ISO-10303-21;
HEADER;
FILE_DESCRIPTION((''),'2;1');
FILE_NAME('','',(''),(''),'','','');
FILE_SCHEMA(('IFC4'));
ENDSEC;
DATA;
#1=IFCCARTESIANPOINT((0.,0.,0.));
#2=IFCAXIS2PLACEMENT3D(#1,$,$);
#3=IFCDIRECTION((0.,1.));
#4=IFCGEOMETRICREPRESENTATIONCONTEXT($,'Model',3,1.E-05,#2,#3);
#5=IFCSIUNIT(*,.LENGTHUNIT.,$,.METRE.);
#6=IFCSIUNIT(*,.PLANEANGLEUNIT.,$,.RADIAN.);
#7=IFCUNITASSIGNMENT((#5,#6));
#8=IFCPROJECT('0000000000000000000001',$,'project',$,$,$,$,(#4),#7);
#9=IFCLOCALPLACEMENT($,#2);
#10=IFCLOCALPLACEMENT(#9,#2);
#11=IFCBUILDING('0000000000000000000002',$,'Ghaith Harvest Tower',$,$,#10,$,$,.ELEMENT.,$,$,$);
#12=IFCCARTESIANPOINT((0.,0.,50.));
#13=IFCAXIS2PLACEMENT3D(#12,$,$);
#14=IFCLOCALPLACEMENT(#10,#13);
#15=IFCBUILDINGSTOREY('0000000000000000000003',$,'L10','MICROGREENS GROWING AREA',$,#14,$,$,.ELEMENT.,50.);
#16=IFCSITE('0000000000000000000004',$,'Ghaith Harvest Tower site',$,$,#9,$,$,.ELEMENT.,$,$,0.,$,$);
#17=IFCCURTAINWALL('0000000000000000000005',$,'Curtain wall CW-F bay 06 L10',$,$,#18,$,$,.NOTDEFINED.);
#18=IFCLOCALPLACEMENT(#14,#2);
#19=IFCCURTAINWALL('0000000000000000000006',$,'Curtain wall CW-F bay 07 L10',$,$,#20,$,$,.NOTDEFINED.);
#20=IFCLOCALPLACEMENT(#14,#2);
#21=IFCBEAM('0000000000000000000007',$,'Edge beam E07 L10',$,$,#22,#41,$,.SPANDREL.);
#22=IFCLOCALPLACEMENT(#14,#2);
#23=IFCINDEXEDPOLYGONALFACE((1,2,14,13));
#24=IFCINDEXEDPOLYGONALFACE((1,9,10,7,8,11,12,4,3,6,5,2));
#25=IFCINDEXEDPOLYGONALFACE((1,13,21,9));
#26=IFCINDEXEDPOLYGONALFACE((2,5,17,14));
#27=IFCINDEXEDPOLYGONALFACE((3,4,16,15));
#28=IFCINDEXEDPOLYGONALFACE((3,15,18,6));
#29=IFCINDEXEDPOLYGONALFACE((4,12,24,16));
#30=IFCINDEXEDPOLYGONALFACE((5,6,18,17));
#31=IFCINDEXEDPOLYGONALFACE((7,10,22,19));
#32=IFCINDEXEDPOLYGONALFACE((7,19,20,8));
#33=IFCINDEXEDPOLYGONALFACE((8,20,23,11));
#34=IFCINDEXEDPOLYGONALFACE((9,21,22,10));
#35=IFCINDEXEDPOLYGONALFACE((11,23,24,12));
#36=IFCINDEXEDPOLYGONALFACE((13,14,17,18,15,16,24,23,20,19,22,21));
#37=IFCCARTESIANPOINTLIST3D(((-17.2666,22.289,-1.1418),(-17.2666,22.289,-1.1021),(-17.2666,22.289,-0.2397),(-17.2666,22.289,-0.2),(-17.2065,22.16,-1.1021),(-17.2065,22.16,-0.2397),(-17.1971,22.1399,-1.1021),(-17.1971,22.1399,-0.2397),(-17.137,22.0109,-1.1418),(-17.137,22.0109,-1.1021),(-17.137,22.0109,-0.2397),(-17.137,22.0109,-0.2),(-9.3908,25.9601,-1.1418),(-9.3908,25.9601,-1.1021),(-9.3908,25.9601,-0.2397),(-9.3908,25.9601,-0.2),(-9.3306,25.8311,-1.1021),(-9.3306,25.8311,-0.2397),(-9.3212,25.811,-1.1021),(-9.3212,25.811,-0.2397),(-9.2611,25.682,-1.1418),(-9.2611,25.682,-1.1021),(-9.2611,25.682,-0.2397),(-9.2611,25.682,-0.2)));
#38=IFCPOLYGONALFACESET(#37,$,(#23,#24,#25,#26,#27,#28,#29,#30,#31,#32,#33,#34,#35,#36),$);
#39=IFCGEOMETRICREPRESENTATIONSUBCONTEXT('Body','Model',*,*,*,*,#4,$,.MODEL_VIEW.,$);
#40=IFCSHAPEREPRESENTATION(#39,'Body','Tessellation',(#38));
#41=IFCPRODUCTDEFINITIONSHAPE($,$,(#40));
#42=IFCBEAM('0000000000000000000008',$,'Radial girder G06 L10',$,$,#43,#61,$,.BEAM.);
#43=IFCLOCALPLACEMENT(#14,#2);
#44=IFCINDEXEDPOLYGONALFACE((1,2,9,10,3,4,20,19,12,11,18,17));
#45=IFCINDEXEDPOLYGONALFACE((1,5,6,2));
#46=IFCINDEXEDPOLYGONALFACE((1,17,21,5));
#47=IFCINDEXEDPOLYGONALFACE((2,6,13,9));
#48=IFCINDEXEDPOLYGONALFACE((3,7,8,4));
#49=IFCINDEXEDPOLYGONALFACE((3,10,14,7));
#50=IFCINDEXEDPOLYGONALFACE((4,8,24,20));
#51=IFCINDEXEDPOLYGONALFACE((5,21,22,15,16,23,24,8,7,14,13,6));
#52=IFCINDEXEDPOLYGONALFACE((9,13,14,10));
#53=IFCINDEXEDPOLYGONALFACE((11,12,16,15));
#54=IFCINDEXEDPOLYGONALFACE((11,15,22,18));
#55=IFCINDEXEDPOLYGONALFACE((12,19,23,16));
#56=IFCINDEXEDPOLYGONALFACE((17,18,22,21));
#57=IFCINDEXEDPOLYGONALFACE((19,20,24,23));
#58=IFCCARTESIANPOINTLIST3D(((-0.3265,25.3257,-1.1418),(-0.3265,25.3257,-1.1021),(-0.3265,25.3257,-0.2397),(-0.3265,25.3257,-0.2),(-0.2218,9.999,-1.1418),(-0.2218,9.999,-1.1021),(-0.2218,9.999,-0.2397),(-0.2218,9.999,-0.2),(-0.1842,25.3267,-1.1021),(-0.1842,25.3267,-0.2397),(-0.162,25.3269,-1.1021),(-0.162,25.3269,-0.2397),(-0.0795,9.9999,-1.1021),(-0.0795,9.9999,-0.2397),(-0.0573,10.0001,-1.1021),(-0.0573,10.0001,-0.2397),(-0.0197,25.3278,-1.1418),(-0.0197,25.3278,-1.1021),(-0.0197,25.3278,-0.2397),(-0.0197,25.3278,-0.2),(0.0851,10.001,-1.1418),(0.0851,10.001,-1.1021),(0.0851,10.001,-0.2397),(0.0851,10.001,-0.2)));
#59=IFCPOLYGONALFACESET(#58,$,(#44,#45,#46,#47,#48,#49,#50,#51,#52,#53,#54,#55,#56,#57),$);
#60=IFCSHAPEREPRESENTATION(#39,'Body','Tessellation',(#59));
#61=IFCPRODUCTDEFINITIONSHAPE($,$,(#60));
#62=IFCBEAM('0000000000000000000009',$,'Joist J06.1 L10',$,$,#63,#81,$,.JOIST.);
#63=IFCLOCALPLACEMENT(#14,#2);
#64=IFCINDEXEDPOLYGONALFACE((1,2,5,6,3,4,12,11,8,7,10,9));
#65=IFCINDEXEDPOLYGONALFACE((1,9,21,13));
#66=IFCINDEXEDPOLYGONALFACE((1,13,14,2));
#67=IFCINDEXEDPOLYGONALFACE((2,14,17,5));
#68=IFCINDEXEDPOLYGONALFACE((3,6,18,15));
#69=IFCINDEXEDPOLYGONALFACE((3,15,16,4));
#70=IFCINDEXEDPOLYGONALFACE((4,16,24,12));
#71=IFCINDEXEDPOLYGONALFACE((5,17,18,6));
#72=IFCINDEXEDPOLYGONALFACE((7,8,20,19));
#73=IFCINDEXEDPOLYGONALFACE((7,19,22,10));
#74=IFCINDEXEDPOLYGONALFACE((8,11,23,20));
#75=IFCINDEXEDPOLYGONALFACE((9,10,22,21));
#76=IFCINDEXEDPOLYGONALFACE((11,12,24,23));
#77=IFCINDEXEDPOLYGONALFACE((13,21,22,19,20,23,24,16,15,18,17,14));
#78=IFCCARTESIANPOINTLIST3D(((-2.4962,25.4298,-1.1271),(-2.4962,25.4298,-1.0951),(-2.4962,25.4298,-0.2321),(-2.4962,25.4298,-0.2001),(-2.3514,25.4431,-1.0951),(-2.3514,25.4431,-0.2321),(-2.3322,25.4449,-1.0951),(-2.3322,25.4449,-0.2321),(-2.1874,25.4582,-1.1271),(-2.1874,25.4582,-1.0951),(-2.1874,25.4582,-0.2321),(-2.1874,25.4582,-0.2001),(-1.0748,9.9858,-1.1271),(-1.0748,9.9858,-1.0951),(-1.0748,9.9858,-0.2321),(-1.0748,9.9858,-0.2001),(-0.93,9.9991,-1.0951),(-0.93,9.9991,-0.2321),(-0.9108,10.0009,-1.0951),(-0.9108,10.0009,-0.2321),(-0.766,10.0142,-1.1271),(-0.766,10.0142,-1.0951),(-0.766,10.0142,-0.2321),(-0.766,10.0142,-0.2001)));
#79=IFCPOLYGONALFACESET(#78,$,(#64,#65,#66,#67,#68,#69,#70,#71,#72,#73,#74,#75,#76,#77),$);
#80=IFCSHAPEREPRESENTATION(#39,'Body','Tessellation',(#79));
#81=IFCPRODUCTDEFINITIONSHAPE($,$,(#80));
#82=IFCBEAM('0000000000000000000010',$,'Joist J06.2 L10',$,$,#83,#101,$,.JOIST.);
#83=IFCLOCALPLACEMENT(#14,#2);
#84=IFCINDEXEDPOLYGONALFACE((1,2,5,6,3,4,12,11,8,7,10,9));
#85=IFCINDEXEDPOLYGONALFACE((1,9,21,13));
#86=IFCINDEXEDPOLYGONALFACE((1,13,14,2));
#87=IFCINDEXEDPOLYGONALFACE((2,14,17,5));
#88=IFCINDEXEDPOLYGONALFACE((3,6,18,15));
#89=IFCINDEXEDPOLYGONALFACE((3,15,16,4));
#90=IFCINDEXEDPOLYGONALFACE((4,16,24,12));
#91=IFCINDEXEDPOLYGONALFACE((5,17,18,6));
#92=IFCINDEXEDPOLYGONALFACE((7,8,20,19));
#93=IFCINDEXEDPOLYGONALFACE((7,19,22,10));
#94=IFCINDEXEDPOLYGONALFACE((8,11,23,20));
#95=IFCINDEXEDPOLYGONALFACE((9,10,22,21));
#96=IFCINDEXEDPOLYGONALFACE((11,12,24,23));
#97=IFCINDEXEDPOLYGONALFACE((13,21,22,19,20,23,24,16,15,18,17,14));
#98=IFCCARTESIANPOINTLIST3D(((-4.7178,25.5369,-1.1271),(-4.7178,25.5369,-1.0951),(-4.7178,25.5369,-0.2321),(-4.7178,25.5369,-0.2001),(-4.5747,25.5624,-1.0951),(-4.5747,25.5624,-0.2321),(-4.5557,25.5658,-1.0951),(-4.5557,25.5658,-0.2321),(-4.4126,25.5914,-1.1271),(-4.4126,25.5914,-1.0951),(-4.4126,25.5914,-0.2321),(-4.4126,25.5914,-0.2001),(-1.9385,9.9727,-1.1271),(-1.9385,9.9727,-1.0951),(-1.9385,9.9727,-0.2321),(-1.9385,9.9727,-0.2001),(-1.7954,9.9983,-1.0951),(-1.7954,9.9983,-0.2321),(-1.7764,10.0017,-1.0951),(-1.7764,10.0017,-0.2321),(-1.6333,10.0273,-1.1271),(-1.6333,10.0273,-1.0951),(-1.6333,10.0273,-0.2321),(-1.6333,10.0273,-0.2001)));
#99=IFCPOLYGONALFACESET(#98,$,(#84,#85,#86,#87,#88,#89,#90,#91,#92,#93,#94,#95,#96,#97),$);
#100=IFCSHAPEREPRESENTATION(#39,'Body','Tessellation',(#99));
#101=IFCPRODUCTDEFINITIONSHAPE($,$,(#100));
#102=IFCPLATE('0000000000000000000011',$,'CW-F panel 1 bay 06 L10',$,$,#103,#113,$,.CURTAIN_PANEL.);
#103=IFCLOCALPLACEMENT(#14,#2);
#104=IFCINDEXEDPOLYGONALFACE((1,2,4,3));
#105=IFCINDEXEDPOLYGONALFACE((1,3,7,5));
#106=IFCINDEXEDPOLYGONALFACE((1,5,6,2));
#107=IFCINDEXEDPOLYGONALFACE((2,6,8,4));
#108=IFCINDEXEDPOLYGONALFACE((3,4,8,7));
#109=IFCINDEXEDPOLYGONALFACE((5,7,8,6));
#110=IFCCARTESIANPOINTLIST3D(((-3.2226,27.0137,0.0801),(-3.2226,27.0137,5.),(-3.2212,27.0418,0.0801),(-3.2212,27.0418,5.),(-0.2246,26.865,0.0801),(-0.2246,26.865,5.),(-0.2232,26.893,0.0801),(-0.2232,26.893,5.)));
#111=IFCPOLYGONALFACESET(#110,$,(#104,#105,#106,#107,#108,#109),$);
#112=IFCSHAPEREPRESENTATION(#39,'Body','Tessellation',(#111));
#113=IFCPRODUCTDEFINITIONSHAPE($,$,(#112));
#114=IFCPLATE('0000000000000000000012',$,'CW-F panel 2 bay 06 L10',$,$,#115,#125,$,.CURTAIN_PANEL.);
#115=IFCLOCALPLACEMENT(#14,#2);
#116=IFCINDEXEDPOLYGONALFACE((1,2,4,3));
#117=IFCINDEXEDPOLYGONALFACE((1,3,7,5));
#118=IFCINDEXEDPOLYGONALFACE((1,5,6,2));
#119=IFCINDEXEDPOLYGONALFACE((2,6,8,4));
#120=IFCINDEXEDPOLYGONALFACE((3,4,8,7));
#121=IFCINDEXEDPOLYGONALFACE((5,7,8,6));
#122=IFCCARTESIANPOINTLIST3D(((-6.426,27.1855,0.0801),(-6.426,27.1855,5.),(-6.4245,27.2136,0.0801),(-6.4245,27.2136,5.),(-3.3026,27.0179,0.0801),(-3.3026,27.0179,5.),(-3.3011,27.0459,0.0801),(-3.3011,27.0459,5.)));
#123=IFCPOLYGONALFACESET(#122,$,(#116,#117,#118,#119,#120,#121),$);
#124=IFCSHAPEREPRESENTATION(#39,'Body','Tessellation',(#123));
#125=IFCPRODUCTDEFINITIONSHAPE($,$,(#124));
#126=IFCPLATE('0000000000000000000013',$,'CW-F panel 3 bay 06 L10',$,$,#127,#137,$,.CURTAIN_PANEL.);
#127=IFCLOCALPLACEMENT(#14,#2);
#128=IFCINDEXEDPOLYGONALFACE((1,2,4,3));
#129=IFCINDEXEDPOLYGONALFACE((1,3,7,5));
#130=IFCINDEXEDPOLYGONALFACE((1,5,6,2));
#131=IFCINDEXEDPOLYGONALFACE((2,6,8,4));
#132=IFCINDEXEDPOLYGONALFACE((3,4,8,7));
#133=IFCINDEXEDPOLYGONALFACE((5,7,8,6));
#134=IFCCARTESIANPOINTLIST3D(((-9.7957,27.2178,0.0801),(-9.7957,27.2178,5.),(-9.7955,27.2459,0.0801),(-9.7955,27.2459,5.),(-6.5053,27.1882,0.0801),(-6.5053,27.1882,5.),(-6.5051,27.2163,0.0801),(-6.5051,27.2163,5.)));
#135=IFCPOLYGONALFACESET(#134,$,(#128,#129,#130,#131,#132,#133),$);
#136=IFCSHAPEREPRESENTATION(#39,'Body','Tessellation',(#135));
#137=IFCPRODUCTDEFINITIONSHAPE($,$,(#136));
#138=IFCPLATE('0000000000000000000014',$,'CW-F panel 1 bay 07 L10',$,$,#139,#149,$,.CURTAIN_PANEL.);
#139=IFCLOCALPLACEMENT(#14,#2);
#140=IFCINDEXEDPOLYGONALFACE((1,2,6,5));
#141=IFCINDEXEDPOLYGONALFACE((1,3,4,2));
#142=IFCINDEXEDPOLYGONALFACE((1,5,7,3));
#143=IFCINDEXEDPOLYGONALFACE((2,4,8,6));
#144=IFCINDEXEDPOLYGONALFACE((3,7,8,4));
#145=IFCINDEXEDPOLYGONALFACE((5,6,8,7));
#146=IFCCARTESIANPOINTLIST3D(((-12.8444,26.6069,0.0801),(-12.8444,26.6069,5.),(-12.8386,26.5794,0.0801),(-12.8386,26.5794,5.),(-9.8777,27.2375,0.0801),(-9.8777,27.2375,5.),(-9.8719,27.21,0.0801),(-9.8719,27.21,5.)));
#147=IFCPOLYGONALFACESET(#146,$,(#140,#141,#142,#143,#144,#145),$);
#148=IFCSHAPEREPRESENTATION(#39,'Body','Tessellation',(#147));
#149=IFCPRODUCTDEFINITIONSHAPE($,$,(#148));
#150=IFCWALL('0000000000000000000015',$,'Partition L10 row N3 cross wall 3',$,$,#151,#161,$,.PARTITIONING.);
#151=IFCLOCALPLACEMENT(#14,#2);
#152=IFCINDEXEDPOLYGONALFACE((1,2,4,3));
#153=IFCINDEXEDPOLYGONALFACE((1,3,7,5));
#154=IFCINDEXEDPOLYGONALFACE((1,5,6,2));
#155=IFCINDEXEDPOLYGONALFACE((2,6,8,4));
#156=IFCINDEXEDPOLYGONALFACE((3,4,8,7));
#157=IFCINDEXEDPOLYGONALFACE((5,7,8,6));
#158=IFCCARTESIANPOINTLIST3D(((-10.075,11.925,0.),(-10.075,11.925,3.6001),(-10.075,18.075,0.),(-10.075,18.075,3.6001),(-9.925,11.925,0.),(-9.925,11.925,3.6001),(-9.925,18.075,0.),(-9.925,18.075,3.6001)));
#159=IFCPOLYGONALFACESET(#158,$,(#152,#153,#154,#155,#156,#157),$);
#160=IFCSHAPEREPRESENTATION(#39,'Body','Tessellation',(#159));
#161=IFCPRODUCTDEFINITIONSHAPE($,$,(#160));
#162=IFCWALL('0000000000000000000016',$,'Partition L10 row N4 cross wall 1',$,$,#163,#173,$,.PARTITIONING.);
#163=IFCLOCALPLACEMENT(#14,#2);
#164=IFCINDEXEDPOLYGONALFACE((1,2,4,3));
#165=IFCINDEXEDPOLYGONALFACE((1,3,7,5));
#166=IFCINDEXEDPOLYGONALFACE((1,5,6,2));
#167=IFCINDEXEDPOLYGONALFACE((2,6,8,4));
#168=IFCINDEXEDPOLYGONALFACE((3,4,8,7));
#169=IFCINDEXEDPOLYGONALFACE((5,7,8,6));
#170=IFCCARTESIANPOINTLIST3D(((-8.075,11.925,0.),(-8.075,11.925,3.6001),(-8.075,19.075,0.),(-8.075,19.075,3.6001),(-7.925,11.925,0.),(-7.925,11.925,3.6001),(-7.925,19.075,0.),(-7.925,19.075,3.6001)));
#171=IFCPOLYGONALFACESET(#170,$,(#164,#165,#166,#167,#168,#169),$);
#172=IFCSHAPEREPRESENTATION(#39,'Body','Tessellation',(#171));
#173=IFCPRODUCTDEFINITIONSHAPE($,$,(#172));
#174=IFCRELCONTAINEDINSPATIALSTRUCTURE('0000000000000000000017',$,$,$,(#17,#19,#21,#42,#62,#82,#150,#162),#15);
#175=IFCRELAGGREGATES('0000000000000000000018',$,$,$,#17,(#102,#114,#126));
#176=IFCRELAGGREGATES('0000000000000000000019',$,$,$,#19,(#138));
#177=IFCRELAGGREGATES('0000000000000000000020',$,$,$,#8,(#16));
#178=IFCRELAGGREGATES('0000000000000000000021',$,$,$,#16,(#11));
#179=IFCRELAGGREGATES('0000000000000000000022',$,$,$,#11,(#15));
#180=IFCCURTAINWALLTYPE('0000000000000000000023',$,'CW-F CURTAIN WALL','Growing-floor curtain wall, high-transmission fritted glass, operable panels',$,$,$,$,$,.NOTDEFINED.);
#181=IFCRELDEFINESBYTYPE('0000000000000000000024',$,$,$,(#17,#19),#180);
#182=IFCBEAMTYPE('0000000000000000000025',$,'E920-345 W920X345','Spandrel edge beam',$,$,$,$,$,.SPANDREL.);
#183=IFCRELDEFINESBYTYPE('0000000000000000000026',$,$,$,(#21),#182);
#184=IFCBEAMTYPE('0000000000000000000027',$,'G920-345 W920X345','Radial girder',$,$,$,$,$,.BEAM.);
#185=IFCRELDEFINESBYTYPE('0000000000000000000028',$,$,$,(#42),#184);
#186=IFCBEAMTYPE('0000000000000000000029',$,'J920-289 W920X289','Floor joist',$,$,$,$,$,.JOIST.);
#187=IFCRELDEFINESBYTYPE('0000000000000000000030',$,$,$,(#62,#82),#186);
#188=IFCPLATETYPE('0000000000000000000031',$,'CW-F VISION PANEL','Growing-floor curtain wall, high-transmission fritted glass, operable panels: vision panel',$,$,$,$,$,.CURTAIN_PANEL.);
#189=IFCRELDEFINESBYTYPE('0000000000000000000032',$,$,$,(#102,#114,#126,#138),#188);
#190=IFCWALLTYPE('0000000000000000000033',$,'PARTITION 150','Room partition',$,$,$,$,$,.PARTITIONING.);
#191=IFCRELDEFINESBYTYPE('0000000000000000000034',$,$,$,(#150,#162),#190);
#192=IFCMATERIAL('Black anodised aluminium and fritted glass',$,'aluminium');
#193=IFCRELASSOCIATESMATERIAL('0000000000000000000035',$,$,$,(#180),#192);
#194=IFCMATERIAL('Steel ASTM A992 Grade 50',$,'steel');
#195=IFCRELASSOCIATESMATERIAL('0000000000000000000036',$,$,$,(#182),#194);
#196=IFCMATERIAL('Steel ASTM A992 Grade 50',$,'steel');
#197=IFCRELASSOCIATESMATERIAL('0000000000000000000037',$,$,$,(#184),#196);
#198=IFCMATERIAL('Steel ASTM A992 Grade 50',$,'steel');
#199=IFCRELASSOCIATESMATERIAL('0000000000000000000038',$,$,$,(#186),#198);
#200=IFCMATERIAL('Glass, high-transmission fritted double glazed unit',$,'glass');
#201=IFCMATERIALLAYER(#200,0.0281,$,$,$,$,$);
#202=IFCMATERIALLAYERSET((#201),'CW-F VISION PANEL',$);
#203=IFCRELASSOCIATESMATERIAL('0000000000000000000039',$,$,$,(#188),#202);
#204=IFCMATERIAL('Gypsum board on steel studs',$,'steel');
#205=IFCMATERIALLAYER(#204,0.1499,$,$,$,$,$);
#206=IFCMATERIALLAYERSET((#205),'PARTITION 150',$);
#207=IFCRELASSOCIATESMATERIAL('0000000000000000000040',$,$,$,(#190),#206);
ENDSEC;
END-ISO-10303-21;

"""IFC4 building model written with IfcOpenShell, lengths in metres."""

from ifc_helpers import new_model, si_unit, direction, frame, frame_2d, origin, origin_2d, place, context, subcontext, project, spatial, rectangle, i_section, extrude, material, layer, layer_set, material_profile, profile_set, type_object, element, aggregate, save


model = new_model("IFC4")

# Units and contexts
model_context = context("Model", 3, precision=1e-05, world=origin(), true_north=direction((0.0, 1.0)))
body_context = subcontext(model_context, "Body", "Model", "MODEL_VIEW")
ifc_project = project(units=[si_unit("LENGTHUNIT", "METRE"), si_unit("PLANEANGLEUNIT", "RADIAN")], contexts=[model_context])

# Site, building, storey
site_placement = place(None, origin())
site = spatial("IfcSite", under=ifc_project, at=site_placement, Name="Ghaith Harvest Tower site", CompositionType="ELEMENT", RefElevation=0.0)
building_placement = place(site_placement, origin())
building = spatial("IfcBuilding", under=site, at=building_placement, Name="Ghaith Harvest Tower", CompositionType="ELEMENT")
storey_placement = place(building_placement, frame((0.0, 0.0, 50.0)))
storey = spatial("IfcBuildingStorey", under=building, at=storey_placement, Name="L10", Description="MICROGREENS GROWING AREA", CompositionType="ELEMENT", Elevation=50.0)

# Curtain walls
ifc_material_1 = material(Name="Black anodised aluminium and fritted glass", Category="aluminium")
curtain_wall_type = type_object("IfcCurtainWallType", Name="CW-F CURTAIN WALL", Description="Growing-floor curtain wall, high-transmission fritted glass, operable panels", PredefinedType="NOTDEFINED", material=ifc_material_1)
curtain_wall_1_placement = place(storey_placement, origin())
curtain_wall_1 = element("IfcCurtainWall", 1, at=curtain_wall_1_placement, inside=storey, type_object=curtain_wall_type, Name="Curtain wall CW-F bay 06 L10", PredefinedType="NOTDEFINED")
curtain_wall_2_placement = place(storey_placement, origin())
curtain_wall_2 = element("IfcCurtainWall", 2, at=curtain_wall_2_placement, inside=storey, type_object=curtain_wall_type, Name="Curtain wall CW-F bay 07 L10", PredefinedType="NOTDEFINED")

# Beams
ifc_material_2 = material(Name="Steel ASTM A992 Grade 50", Category="steel")
ifc_material_profile_1 = material_profile(ifc_material_2, i_section(OverallWidth=0.3069, OverallDepth=0.9419, WebThickness=0.0222, FlangeThickness=0.0398, at=origin_2d()), Name="W920X345")
ifc_profile_set_1 = profile_set([ifc_material_profile_1], Name="Steel ASTM A992 Grade 50")
beam_type_1 = type_object("IfcBeamType", Name="E920-345 W920X345", Description="Spandrel edge beam", PredefinedType="SPANDREL", material=ifc_profile_set_1)
beam_1_placement = place(storey_placement, frame((-9.3259, 25.821, -0.6709), z_axis=(-0.906373, -0.422478, 0.0), x_axis=(0.422478, -0.906373, 0.0)))
element("IfcBeam", 3, at=beam_1_placement, inside=storey, type_object=beam_type_1, Name="Edge beam E07 L10", PredefinedType="SPANDREL", context=body_context, shape_type="SweptSolid", body=[
    extrude(i_section(OverallWidth=0.3069, OverallDepth=0.9419, WebThickness=0.0222, FlangeThickness=0.0398, at=origin_2d()), origin(), (0.0, 0.0, 1.0), 8.6895),
])
ifc_material_3 = material(Name="Steel ASTM A992 Grade 50", Category="steel")
ifc_material_profile_2 = material_profile(ifc_material_3, i_section(OverallWidth=0.3069, OverallDepth=0.9419, WebThickness=0.0222, FlangeThickness=0.0398, at=origin_2d()), Name="W920X345")
ifc_profile_set_2 = profile_set([ifc_material_profile_2], Name="Steel ASTM A992 Grade 50")
beam_type_2 = type_object("IfcBeamType", Name="G920-345 W920X345", Description="Radial girder", PredefinedType="BEAM", material=ifc_profile_set_2)
beam_2_placement = place(storey_placement, frame((-0.0684, 10.0, -0.6709), z_axis=(-0.006833, 0.999977, 0.0), x_axis=(-0.999977, -0.006833, 0.0)))
element("IfcBeam", 4, at=beam_2_placement, inside=storey, type_object=beam_type_2, Name="Radial girder G06 L10", PredefinedType="BEAM", context=body_context, shape_type="SweptSolid", body=[
    extrude(i_section(OverallWidth=0.3069, OverallDepth=0.9419, WebThickness=0.0222, FlangeThickness=0.0398, at=origin_2d()), origin(), (0.0, 0.0, 1.0), 15.3271),
])
ifc_material_4 = material(Name="Steel ASTM A992 Grade 50", Category="steel")
ifc_material_profile_3 = material_profile(ifc_material_4, i_section(OverallWidth=0.3101, OverallDepth=0.927, WebThickness=0.0193, FlangeThickness=0.032, at=origin_2d()), Name="W920X289")
ifc_profile_set_3 = profile_set([ifc_material_profile_3], Name="Steel ASTM A992 Grade 50")
beam_type_3 = type_object("IfcBeamType", Name="J920-289 W920X289", Description="Floor joist", PredefinedType="JOIST", material=ifc_profile_set_3)
beam_3_placement = place(storey_placement, frame((-0.9204, 10.0, -0.6636), z_axis=(-0.091647, 0.995792, 0.0), x_axis=(-0.995792, -0.091647, 0.0)))
element("IfcBeam", 5, at=beam_3_placement, inside=storey, type_object=beam_type_3, Name="Joist J06.1 L10", PredefinedType="JOIST", context=body_context, shape_type="SweptSolid", body=[
    extrude(i_section(OverallWidth=0.3101, OverallDepth=0.927, WebThickness=0.0193, FlangeThickness=0.032, at=origin_2d()), origin(), (0.0, 0.0, 1.0), 15.5093),
])
beam_4_placement = place(storey_placement, frame((-1.7859, 10.0, -0.6636), z_axis=(-0.175789, 0.984428, 0.0), x_axis=(-0.984428, -0.175789, 0.0)))
element("IfcBeam", 6, at=beam_4_placement, inside=storey, type_object=beam_type_3, Name="Joist J06.2 L10", PredefinedType="JOIST", context=body_context, shape_type="SweptSolid", body=[
    extrude(i_section(OverallWidth=0.3101, OverallDepth=0.927, WebThickness=0.0193, FlangeThickness=0.032, at=origin_2d()), origin(), (0.0, 0.0, 1.0), 15.8103),
])

# Plates
ifc_material_5 = material(Name="Glass, high-transmission fritted double glazed unit", Category="glass")
ifc_layer_1 = layer(ifc_material_5, 0.0281)
ifc_layer_set_1 = layer_set([ifc_layer_1], Name="CW-F VISION PANEL")
plate_type = type_object("IfcPlateType", Name="CW-F VISION PANEL", Description="Growing-floor curtain wall, high-transmission fritted glass, operable panels: vision panel", PredefinedType="CURTAIN_PANEL", material=ifc_layer_set_1)
plate_1_placement = place(storey_placement, frame((-1.7229, 26.9534, 0.0801), z_axis=(0.0, 0.0, 1.0), x_axis=(-0.998771, 0.049554, 0.0)))
plate_1 = element("IfcPlate", 7, at=plate_1_placement, type_object=plate_type, Name="CW-F panel 1 bay 06 L10", PredefinedType="CURTAIN_PANEL", context=body_context, shape_type="SweptSolid", body=[
    extrude(rectangle(XDim=3.0017, YDim=0.0281, at=origin_2d()), origin(), (0.0, 0.0, 1.0), 4.9199),
])
plate_2_placement = place(storey_placement, frame((-4.8635, 27.1157, 0.0801), z_axis=(0.0, 0.0, 1.0), x_axis=(-0.998563, 0.0536, 0.0)))
plate_2 = element("IfcPlate", 8, at=plate_2_placement, type_object=plate_type, Name="CW-F panel 2 bay 06 L10", PredefinedType="CURTAIN_PANEL", context=body_context, shape_type="SweptSolid", body=[
    extrude(rectangle(XDim=3.1279, YDim=0.0281, at=origin_2d()), origin(), (0.0, 0.0, 1.0), 4.9199),
])
plate_3_placement = place(storey_placement, frame((-8.1504, 27.217, 0.0801), z_axis=(0.0, 0.0, 1.0), x_axis=(-0.99996, 0.008988, 0.0)))
plate_3 = element("IfcPlate", 9, at=plate_3_placement, type_object=plate_type, Name="CW-F panel 3 bay 06 L10", PredefinedType="CURTAIN_PANEL", context=body_context, shape_type="SweptSolid", body=[
    extrude(rectangle(XDim=3.2905, YDim=0.0281, at=origin_2d()), origin(), (0.0, 0.0, 1.0), 4.9199),
])
aggregate(curtain_wall_1, [plate_1, plate_2, plate_3])
plate_4_placement = place(storey_placement, frame((-11.3582, 26.9084, 0.0801), z_axis=(0.0, 0.0, 1.0), x_axis=(-0.978149, -0.207904, 0.0)))
plate_4 = element("IfcPlate", 10, at=plate_4_placement, type_object=plate_type, Name="CW-F panel 1 bay 07 L10", PredefinedType="CURTAIN_PANEL", context=body_context, shape_type="SweptSolid", body=[
    extrude(rectangle(XDim=3.033, YDim=0.0281, at=origin_2d()), origin(), (0.0, 0.0, 1.0), 4.9199),
])
aggregate(curtain_wall_2, [plate_4])

# Walls
ifc_material_6 = material(Name="Gypsum board on steel studs", Category="steel")
ifc_layer_2 = layer(ifc_material_6, 0.1499)
ifc_layer_set_2 = layer_set([ifc_layer_2], Name="PARTITION 150")
wall_type = type_object("IfcWallType", Name="PARTITION 150", Description="Room partition", PredefinedType="PARTITIONING", material=ifc_layer_set_2)
wall_1_placement = place(storey_placement, frame((-10.0, 11.925, 0.0), z_axis=(0.0, 0.0, 1.0), x_axis=(0.0, 1.0, 0.0)))
element("IfcWall", 11, at=wall_1_placement, inside=storey, type_object=wall_type, Name="Partition L10 row N3 cross wall 3", PredefinedType="PARTITIONING", context=body_context, shape_type="SweptSolid", body=[
    extrude(rectangle(XDim=6.1499, YDim=0.1499, at=frame_2d((3.075, 0.0))), origin(), (0.0, 0.0, 1.0), 3.6001),
])
wall_2_placement = place(storey_placement, frame((-8.0, 11.925, 0.0), z_axis=(0.0, 0.0, 1.0), x_axis=(0.0, 1.0, 0.0)))
element("IfcWall", 12, at=wall_2_placement, inside=storey, type_object=wall_type, Name="Partition L10 row N4 cross wall 1", PredefinedType="PARTITIONING", context=body_context, shape_type="SweptSolid", body=[
    extrude(rectangle(XDim=7.1499, YDim=0.1499, at=frame_2d((3.575, 0.0))), origin(), (0.0, 0.0, 1.0), 3.6001),
])

save(model, "model.ifc")
